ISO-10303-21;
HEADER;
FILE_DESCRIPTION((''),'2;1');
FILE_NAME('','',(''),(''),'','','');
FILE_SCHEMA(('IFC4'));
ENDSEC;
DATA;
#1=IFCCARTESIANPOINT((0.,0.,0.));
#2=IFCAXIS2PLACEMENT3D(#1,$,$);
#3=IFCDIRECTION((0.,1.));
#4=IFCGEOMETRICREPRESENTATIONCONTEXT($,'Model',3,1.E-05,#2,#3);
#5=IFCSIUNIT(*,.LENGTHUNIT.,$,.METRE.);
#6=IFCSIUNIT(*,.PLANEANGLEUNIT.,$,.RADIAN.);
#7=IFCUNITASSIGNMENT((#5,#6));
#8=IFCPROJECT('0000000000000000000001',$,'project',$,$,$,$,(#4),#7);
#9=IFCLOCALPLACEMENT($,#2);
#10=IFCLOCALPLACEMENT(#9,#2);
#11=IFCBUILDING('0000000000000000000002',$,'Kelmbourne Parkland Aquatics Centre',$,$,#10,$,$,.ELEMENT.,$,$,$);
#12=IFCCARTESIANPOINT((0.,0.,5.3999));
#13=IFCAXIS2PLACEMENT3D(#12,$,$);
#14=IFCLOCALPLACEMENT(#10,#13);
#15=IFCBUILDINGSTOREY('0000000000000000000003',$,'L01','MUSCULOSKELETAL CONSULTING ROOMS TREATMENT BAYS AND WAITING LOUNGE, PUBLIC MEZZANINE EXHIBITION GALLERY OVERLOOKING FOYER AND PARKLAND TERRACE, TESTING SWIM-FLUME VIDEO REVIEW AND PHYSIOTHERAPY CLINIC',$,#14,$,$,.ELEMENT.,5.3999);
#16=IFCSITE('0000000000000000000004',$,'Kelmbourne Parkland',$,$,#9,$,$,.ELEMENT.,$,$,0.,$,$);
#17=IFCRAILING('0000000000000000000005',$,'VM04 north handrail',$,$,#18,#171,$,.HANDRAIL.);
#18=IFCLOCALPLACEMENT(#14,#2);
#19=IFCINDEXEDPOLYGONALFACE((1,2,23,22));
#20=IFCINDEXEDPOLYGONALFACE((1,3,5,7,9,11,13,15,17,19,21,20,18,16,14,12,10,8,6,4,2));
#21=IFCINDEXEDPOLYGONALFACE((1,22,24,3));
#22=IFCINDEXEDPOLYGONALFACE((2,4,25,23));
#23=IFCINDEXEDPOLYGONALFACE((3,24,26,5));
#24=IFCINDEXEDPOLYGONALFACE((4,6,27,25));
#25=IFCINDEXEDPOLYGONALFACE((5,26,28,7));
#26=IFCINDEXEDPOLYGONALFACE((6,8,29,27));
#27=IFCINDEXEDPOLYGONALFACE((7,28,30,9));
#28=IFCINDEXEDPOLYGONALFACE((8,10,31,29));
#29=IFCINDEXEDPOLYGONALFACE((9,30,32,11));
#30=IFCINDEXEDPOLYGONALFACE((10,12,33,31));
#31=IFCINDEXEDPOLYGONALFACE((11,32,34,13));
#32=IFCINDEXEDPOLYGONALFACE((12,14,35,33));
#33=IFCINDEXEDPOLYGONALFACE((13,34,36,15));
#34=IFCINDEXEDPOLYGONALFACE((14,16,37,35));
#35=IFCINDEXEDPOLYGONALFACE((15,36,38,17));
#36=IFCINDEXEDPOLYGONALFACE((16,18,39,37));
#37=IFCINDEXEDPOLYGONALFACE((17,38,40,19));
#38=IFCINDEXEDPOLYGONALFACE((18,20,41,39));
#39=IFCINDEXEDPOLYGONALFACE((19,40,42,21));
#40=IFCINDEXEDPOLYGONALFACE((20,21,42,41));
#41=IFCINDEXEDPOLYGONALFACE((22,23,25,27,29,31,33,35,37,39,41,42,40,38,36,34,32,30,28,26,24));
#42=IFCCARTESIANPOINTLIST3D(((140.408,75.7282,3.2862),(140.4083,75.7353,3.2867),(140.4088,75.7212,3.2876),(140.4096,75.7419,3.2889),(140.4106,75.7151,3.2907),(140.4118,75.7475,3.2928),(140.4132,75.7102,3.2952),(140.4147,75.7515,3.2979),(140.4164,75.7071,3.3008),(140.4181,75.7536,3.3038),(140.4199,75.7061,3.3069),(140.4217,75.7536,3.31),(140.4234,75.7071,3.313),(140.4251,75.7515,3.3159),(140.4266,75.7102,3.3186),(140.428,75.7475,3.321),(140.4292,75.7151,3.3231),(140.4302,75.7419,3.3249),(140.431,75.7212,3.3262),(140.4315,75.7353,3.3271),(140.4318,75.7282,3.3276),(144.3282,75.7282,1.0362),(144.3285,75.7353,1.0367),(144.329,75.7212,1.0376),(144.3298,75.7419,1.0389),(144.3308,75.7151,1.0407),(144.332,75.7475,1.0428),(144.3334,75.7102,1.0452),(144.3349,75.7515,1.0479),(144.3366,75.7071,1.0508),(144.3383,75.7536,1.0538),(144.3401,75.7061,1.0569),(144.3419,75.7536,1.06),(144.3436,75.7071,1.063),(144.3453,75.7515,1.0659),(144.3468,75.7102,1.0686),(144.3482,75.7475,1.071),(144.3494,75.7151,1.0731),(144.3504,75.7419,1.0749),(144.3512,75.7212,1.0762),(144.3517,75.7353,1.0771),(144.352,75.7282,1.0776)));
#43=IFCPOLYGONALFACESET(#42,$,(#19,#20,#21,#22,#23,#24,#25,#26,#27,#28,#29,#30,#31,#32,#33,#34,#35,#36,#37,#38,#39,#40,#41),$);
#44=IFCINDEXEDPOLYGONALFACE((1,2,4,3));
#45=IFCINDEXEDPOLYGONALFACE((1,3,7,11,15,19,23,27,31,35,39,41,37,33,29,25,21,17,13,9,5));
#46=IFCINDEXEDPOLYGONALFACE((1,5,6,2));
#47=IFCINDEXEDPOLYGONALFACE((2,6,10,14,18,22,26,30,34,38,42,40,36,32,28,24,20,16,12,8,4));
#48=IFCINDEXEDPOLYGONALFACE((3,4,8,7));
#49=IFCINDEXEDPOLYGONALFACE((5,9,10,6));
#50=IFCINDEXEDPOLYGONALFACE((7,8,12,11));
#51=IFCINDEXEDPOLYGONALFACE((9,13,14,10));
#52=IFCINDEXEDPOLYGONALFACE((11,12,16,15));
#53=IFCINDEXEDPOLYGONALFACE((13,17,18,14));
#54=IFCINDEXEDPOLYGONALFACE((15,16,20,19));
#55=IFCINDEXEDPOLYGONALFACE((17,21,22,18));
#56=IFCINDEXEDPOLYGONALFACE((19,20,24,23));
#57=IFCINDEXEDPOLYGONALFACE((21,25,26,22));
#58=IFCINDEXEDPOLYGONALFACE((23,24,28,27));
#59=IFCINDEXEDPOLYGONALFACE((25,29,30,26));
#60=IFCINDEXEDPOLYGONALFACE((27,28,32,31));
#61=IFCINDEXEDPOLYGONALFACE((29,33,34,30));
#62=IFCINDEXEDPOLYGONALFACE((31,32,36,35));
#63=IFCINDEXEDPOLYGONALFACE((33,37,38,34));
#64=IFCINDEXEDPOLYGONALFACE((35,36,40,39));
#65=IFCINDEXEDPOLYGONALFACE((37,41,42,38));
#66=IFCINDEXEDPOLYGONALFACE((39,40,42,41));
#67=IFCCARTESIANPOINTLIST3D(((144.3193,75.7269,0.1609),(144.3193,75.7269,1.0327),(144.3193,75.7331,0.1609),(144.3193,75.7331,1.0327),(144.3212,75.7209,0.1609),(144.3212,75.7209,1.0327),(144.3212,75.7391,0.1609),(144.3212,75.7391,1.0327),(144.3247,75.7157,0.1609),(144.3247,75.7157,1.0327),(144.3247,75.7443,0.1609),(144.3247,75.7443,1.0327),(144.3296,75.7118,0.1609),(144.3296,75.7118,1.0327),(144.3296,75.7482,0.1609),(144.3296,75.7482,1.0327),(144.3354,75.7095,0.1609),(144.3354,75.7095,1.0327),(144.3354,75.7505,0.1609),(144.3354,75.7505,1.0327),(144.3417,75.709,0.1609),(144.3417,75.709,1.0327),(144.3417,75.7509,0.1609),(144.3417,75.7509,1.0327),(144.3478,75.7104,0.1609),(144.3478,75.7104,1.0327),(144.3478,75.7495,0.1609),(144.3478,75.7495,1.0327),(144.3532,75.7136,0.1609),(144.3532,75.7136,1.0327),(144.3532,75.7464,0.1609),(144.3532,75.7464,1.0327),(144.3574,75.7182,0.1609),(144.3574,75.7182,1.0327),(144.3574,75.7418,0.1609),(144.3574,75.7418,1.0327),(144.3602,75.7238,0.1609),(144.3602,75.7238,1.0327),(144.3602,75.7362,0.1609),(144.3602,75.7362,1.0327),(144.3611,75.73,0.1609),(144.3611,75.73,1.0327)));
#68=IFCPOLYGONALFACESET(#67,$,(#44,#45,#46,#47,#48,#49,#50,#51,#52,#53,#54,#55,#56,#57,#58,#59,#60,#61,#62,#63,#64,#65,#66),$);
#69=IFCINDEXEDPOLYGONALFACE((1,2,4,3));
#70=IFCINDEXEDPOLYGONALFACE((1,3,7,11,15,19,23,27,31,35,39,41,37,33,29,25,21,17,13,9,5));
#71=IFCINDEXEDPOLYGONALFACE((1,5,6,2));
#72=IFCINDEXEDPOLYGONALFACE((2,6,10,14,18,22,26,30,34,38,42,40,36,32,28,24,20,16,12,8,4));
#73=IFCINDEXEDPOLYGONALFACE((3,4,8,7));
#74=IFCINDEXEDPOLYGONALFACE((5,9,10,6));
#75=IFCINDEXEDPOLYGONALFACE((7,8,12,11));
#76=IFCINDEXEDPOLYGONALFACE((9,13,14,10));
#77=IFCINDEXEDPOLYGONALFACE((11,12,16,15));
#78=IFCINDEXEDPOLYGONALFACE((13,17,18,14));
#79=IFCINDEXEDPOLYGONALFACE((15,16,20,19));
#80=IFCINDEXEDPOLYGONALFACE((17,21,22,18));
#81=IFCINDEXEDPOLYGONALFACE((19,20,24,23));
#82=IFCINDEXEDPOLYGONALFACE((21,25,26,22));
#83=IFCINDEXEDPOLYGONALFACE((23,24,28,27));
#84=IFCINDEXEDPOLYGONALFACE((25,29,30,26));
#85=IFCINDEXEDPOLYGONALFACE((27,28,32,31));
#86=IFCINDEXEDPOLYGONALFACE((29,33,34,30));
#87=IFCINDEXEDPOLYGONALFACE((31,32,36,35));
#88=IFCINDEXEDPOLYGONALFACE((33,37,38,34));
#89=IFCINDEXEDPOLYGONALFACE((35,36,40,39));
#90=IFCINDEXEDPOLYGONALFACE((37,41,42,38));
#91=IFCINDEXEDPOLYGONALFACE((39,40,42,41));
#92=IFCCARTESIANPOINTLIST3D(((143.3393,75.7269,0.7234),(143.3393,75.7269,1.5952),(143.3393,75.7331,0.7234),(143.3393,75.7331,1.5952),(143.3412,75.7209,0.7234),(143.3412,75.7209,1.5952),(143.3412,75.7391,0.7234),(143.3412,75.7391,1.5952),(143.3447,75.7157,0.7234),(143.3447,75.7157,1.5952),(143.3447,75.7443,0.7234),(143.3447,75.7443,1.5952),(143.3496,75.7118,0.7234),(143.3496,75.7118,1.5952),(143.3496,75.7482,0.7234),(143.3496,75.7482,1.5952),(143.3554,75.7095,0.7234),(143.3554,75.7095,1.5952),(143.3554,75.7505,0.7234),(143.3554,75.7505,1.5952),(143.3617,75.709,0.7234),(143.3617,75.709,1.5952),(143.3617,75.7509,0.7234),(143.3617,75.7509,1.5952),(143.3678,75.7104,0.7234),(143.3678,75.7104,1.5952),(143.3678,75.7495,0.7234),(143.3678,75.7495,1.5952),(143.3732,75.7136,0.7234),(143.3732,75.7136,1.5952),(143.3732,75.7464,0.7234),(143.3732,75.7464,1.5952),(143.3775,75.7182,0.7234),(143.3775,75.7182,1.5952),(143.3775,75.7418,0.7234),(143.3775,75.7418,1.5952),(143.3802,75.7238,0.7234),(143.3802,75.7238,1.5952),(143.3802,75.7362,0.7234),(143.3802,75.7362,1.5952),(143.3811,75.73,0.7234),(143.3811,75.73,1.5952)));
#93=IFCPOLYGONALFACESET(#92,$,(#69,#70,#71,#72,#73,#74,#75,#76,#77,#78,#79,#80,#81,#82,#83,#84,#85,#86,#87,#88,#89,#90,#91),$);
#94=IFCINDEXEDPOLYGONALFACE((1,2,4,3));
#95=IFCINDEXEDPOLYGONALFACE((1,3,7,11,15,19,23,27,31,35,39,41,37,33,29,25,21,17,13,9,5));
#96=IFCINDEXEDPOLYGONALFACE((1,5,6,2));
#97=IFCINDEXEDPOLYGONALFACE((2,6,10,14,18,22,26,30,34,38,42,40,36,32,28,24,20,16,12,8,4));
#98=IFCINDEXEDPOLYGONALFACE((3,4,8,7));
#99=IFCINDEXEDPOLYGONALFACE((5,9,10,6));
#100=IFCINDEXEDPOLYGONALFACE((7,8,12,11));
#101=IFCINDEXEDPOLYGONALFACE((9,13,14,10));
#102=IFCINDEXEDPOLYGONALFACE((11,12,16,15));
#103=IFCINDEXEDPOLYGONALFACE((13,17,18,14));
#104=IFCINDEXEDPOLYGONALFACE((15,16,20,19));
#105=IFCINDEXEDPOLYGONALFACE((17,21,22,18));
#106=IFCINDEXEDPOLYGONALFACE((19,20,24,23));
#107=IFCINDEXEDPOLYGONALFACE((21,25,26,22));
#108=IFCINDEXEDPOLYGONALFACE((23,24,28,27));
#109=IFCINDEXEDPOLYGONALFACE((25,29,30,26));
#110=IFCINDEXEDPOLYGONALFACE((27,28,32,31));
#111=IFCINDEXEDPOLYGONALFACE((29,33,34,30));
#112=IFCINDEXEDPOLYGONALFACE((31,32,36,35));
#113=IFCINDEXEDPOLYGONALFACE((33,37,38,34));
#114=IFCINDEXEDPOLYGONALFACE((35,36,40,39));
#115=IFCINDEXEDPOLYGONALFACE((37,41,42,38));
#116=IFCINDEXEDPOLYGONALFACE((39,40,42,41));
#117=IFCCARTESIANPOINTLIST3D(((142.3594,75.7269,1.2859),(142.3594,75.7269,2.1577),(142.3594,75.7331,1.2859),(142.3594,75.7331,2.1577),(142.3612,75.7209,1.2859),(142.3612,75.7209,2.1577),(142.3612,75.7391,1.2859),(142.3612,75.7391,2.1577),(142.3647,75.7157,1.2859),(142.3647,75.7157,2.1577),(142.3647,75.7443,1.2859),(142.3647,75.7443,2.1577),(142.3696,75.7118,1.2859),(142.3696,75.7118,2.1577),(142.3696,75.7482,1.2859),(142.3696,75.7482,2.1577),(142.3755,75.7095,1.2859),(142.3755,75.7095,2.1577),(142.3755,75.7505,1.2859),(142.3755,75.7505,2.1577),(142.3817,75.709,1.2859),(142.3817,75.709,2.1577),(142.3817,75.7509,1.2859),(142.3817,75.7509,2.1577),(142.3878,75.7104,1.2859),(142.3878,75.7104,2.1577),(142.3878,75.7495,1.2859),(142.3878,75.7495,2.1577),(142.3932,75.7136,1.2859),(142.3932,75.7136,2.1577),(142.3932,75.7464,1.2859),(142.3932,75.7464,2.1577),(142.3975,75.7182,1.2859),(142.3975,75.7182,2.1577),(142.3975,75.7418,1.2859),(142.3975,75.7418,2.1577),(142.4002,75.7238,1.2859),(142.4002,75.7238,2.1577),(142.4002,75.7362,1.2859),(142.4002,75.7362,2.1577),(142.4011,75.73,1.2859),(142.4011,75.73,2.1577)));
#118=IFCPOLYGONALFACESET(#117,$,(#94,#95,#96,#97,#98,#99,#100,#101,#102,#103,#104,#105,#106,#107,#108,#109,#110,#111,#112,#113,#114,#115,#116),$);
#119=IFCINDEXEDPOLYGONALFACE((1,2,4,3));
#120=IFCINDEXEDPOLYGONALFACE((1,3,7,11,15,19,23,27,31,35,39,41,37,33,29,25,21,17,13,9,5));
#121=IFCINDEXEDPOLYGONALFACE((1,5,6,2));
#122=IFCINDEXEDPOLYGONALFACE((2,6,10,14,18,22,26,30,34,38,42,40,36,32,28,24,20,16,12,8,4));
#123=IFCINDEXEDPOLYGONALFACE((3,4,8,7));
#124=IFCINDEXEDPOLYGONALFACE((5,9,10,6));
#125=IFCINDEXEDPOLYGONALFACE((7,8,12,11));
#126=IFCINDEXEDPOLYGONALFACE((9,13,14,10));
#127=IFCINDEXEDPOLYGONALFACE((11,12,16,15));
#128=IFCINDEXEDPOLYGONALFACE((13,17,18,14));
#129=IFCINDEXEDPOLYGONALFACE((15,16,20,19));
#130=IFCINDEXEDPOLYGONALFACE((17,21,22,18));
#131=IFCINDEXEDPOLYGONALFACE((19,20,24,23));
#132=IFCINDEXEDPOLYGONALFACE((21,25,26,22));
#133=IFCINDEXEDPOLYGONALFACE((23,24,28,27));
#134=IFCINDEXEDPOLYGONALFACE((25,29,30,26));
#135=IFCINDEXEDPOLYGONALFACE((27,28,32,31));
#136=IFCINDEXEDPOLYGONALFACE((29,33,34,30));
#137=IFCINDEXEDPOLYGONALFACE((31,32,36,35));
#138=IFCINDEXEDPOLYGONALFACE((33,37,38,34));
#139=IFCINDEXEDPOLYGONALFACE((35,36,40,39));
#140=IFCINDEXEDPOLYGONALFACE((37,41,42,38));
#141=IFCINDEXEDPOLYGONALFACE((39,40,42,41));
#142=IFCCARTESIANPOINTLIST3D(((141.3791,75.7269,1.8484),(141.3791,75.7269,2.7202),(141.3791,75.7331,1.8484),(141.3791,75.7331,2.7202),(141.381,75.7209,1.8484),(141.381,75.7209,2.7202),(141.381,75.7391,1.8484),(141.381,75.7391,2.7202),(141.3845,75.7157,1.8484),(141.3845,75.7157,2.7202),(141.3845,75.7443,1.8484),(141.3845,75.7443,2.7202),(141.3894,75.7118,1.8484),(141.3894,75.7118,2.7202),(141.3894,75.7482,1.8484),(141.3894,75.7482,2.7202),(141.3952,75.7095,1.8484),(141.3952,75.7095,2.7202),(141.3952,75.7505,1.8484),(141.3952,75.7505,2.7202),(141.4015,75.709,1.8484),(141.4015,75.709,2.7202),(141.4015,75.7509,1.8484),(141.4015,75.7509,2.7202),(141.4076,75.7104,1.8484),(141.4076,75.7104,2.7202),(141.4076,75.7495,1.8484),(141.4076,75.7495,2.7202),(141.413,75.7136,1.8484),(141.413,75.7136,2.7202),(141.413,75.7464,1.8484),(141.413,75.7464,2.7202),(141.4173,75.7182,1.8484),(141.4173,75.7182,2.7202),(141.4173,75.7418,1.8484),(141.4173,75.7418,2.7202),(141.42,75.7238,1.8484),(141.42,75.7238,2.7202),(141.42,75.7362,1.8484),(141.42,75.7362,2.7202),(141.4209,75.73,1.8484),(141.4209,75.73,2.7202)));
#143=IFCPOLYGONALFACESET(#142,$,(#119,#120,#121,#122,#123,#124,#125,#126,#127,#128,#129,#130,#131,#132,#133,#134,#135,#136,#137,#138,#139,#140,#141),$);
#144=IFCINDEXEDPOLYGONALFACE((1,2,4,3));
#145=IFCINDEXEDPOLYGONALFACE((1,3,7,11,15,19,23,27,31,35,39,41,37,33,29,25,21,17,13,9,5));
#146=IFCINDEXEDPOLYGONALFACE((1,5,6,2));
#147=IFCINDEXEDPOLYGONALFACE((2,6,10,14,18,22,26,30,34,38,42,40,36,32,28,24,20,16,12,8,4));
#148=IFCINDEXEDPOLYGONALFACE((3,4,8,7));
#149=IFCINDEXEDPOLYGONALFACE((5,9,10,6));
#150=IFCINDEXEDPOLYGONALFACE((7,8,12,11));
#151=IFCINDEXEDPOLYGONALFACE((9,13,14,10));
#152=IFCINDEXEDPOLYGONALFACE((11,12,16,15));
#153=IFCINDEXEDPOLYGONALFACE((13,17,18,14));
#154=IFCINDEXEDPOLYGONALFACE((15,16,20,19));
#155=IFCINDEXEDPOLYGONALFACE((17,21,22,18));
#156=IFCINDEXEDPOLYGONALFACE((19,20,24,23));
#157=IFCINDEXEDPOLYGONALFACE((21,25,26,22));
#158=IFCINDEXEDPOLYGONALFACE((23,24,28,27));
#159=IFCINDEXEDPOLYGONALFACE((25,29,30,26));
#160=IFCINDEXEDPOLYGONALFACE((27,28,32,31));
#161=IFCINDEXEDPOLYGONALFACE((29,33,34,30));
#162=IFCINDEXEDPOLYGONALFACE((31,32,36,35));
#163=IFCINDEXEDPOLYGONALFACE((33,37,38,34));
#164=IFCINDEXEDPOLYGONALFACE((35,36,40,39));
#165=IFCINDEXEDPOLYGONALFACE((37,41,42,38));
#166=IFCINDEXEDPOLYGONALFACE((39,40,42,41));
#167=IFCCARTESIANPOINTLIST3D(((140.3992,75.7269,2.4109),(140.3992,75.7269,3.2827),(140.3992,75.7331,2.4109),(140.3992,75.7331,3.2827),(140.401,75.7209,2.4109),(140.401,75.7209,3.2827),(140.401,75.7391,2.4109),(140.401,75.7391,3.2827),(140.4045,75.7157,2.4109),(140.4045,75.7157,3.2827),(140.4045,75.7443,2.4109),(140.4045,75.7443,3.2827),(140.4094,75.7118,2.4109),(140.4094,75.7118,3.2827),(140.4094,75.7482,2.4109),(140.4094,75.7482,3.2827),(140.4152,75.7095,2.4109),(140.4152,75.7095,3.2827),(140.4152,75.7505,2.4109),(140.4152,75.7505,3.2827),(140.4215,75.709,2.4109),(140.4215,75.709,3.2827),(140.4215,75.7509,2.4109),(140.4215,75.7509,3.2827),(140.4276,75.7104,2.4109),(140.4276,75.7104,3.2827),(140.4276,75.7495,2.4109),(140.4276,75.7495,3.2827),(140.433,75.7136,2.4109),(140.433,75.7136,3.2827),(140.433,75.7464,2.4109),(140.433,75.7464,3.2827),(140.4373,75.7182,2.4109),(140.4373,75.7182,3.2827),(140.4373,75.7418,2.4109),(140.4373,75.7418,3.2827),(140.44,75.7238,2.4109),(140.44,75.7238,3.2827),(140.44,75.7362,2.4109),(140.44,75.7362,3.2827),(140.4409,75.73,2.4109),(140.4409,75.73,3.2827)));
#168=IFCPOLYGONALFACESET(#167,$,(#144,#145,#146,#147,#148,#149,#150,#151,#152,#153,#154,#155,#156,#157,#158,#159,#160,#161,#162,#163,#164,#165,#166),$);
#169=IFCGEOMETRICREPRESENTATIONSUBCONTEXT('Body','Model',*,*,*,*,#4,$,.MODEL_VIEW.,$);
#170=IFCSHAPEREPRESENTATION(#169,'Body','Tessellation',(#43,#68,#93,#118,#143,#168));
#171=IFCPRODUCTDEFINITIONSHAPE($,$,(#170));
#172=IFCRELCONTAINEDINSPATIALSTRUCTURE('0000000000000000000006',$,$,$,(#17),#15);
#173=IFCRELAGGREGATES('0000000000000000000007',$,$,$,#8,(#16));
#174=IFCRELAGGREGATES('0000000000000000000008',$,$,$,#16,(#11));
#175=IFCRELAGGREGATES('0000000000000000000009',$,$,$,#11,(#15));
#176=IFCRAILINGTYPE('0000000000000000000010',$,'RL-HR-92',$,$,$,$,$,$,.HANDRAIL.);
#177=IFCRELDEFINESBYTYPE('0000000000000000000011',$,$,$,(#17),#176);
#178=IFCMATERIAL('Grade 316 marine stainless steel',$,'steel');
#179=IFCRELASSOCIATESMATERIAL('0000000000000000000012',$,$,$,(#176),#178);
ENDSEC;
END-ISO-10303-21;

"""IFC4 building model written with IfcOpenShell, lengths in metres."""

from ifc_helpers import new_model, si_unit, direction, frame, origin, origin_2d, place, context, subcontext, project, spatial, circle, extrude, material, type_object, element, save


model = new_model("IFC4")

# Units and contexts
model_context = context("Model", 3, precision=1e-05, world=origin(), true_north=direction((0.0, 1.0)))
body_context = subcontext(model_context, "Body", "Model", "MODEL_VIEW")
ifc_project = project(units=[si_unit("LENGTHUNIT", "METRE"), si_unit("PLANEANGLEUNIT", "RADIAN")], contexts=[model_context])

# Site, building, storey
site_placement = place(None, origin())
site = spatial("IfcSite", under=ifc_project, at=site_placement, Name="Kelmbourne Parkland", CompositionType="ELEMENT", RefElevation=0.0)
building_placement = place(site_placement, origin())
building = spatial("IfcBuilding", under=site, at=building_placement, Name="Kelmbourne Parkland Aquatics Centre", CompositionType="ELEMENT")
storey_placement = place(building_placement, frame((0.0, 0.0, 5.3999)))
storey = spatial("IfcBuildingStorey", under=building, at=storey_placement, Name="L01", Description="MUSCULOSKELETAL CONSULTING ROOMS TREATMENT BAYS AND WAITING LOUNGE, PUBLIC MEZZANINE EXHIBITION GALLERY OVERLOOKING FOYER AND PARKLAND TERRACE, TESTING SWIM-FLUME VIDEO REVIEW AND PHYSIOTHERAPY CLINIC", CompositionType="ELEMENT", Elevation=5.3999)

# Railing
ifc_material_1 = material(Name="Grade 316 marine stainless steel", Category="steel")
railing_type_1 = type_object("IfcRailingType", Name="RL-HR-92", PredefinedType="HANDRAIL", material=ifc_material_1)
for number, where, name in (
    (1, (144.3401, 75.73, 0.1609), "VM04 north handrail"),
):
    element("IfcRailing", number, at=place(storey_placement, frame(where)), inside=storey, type_object=railing_type_1, Name=name, PredefinedType="HANDRAIL", context=body_context, shape_type="SweptSolid", body=[
        extrude(circle(Radius=0.0239, at=origin_2d()), frame((0.0, 0.0, 0.896), z_axis=(-0.867298, 0.0, 0.49779), x_axis=(0.0, -1.0, 0.0)), (0.0, 0.0, 1.0), 4.52),
        extrude(circle(Radius=0.021, at=origin_2d()), origin(), (0.0, 0.0, 1.0), 0.8718),
        extrude(circle(Radius=0.021, at=origin_2d()), frame((-0.98, 0.0, 0.5625)), (0.0, 0.0, 1.0), 0.8718),
        extrude(circle(Radius=0.021, at=origin_2d()), frame((-1.96, 0.0, 1.125)), (0.0, 0.0, 1.0), 0.8718),
        extrude(circle(Radius=0.021, at=origin_2d()), frame((-2.9402, 0.0, 1.6875)), (0.0, 0.0, 1.0), 0.8718),
        extrude(circle(Radius=0.021, at=origin_2d()), frame((-3.9202, 0.0, 2.25)), (0.0, 0.0, 1.0), 0.8718),
    ])

save(model, "model.ifc")
